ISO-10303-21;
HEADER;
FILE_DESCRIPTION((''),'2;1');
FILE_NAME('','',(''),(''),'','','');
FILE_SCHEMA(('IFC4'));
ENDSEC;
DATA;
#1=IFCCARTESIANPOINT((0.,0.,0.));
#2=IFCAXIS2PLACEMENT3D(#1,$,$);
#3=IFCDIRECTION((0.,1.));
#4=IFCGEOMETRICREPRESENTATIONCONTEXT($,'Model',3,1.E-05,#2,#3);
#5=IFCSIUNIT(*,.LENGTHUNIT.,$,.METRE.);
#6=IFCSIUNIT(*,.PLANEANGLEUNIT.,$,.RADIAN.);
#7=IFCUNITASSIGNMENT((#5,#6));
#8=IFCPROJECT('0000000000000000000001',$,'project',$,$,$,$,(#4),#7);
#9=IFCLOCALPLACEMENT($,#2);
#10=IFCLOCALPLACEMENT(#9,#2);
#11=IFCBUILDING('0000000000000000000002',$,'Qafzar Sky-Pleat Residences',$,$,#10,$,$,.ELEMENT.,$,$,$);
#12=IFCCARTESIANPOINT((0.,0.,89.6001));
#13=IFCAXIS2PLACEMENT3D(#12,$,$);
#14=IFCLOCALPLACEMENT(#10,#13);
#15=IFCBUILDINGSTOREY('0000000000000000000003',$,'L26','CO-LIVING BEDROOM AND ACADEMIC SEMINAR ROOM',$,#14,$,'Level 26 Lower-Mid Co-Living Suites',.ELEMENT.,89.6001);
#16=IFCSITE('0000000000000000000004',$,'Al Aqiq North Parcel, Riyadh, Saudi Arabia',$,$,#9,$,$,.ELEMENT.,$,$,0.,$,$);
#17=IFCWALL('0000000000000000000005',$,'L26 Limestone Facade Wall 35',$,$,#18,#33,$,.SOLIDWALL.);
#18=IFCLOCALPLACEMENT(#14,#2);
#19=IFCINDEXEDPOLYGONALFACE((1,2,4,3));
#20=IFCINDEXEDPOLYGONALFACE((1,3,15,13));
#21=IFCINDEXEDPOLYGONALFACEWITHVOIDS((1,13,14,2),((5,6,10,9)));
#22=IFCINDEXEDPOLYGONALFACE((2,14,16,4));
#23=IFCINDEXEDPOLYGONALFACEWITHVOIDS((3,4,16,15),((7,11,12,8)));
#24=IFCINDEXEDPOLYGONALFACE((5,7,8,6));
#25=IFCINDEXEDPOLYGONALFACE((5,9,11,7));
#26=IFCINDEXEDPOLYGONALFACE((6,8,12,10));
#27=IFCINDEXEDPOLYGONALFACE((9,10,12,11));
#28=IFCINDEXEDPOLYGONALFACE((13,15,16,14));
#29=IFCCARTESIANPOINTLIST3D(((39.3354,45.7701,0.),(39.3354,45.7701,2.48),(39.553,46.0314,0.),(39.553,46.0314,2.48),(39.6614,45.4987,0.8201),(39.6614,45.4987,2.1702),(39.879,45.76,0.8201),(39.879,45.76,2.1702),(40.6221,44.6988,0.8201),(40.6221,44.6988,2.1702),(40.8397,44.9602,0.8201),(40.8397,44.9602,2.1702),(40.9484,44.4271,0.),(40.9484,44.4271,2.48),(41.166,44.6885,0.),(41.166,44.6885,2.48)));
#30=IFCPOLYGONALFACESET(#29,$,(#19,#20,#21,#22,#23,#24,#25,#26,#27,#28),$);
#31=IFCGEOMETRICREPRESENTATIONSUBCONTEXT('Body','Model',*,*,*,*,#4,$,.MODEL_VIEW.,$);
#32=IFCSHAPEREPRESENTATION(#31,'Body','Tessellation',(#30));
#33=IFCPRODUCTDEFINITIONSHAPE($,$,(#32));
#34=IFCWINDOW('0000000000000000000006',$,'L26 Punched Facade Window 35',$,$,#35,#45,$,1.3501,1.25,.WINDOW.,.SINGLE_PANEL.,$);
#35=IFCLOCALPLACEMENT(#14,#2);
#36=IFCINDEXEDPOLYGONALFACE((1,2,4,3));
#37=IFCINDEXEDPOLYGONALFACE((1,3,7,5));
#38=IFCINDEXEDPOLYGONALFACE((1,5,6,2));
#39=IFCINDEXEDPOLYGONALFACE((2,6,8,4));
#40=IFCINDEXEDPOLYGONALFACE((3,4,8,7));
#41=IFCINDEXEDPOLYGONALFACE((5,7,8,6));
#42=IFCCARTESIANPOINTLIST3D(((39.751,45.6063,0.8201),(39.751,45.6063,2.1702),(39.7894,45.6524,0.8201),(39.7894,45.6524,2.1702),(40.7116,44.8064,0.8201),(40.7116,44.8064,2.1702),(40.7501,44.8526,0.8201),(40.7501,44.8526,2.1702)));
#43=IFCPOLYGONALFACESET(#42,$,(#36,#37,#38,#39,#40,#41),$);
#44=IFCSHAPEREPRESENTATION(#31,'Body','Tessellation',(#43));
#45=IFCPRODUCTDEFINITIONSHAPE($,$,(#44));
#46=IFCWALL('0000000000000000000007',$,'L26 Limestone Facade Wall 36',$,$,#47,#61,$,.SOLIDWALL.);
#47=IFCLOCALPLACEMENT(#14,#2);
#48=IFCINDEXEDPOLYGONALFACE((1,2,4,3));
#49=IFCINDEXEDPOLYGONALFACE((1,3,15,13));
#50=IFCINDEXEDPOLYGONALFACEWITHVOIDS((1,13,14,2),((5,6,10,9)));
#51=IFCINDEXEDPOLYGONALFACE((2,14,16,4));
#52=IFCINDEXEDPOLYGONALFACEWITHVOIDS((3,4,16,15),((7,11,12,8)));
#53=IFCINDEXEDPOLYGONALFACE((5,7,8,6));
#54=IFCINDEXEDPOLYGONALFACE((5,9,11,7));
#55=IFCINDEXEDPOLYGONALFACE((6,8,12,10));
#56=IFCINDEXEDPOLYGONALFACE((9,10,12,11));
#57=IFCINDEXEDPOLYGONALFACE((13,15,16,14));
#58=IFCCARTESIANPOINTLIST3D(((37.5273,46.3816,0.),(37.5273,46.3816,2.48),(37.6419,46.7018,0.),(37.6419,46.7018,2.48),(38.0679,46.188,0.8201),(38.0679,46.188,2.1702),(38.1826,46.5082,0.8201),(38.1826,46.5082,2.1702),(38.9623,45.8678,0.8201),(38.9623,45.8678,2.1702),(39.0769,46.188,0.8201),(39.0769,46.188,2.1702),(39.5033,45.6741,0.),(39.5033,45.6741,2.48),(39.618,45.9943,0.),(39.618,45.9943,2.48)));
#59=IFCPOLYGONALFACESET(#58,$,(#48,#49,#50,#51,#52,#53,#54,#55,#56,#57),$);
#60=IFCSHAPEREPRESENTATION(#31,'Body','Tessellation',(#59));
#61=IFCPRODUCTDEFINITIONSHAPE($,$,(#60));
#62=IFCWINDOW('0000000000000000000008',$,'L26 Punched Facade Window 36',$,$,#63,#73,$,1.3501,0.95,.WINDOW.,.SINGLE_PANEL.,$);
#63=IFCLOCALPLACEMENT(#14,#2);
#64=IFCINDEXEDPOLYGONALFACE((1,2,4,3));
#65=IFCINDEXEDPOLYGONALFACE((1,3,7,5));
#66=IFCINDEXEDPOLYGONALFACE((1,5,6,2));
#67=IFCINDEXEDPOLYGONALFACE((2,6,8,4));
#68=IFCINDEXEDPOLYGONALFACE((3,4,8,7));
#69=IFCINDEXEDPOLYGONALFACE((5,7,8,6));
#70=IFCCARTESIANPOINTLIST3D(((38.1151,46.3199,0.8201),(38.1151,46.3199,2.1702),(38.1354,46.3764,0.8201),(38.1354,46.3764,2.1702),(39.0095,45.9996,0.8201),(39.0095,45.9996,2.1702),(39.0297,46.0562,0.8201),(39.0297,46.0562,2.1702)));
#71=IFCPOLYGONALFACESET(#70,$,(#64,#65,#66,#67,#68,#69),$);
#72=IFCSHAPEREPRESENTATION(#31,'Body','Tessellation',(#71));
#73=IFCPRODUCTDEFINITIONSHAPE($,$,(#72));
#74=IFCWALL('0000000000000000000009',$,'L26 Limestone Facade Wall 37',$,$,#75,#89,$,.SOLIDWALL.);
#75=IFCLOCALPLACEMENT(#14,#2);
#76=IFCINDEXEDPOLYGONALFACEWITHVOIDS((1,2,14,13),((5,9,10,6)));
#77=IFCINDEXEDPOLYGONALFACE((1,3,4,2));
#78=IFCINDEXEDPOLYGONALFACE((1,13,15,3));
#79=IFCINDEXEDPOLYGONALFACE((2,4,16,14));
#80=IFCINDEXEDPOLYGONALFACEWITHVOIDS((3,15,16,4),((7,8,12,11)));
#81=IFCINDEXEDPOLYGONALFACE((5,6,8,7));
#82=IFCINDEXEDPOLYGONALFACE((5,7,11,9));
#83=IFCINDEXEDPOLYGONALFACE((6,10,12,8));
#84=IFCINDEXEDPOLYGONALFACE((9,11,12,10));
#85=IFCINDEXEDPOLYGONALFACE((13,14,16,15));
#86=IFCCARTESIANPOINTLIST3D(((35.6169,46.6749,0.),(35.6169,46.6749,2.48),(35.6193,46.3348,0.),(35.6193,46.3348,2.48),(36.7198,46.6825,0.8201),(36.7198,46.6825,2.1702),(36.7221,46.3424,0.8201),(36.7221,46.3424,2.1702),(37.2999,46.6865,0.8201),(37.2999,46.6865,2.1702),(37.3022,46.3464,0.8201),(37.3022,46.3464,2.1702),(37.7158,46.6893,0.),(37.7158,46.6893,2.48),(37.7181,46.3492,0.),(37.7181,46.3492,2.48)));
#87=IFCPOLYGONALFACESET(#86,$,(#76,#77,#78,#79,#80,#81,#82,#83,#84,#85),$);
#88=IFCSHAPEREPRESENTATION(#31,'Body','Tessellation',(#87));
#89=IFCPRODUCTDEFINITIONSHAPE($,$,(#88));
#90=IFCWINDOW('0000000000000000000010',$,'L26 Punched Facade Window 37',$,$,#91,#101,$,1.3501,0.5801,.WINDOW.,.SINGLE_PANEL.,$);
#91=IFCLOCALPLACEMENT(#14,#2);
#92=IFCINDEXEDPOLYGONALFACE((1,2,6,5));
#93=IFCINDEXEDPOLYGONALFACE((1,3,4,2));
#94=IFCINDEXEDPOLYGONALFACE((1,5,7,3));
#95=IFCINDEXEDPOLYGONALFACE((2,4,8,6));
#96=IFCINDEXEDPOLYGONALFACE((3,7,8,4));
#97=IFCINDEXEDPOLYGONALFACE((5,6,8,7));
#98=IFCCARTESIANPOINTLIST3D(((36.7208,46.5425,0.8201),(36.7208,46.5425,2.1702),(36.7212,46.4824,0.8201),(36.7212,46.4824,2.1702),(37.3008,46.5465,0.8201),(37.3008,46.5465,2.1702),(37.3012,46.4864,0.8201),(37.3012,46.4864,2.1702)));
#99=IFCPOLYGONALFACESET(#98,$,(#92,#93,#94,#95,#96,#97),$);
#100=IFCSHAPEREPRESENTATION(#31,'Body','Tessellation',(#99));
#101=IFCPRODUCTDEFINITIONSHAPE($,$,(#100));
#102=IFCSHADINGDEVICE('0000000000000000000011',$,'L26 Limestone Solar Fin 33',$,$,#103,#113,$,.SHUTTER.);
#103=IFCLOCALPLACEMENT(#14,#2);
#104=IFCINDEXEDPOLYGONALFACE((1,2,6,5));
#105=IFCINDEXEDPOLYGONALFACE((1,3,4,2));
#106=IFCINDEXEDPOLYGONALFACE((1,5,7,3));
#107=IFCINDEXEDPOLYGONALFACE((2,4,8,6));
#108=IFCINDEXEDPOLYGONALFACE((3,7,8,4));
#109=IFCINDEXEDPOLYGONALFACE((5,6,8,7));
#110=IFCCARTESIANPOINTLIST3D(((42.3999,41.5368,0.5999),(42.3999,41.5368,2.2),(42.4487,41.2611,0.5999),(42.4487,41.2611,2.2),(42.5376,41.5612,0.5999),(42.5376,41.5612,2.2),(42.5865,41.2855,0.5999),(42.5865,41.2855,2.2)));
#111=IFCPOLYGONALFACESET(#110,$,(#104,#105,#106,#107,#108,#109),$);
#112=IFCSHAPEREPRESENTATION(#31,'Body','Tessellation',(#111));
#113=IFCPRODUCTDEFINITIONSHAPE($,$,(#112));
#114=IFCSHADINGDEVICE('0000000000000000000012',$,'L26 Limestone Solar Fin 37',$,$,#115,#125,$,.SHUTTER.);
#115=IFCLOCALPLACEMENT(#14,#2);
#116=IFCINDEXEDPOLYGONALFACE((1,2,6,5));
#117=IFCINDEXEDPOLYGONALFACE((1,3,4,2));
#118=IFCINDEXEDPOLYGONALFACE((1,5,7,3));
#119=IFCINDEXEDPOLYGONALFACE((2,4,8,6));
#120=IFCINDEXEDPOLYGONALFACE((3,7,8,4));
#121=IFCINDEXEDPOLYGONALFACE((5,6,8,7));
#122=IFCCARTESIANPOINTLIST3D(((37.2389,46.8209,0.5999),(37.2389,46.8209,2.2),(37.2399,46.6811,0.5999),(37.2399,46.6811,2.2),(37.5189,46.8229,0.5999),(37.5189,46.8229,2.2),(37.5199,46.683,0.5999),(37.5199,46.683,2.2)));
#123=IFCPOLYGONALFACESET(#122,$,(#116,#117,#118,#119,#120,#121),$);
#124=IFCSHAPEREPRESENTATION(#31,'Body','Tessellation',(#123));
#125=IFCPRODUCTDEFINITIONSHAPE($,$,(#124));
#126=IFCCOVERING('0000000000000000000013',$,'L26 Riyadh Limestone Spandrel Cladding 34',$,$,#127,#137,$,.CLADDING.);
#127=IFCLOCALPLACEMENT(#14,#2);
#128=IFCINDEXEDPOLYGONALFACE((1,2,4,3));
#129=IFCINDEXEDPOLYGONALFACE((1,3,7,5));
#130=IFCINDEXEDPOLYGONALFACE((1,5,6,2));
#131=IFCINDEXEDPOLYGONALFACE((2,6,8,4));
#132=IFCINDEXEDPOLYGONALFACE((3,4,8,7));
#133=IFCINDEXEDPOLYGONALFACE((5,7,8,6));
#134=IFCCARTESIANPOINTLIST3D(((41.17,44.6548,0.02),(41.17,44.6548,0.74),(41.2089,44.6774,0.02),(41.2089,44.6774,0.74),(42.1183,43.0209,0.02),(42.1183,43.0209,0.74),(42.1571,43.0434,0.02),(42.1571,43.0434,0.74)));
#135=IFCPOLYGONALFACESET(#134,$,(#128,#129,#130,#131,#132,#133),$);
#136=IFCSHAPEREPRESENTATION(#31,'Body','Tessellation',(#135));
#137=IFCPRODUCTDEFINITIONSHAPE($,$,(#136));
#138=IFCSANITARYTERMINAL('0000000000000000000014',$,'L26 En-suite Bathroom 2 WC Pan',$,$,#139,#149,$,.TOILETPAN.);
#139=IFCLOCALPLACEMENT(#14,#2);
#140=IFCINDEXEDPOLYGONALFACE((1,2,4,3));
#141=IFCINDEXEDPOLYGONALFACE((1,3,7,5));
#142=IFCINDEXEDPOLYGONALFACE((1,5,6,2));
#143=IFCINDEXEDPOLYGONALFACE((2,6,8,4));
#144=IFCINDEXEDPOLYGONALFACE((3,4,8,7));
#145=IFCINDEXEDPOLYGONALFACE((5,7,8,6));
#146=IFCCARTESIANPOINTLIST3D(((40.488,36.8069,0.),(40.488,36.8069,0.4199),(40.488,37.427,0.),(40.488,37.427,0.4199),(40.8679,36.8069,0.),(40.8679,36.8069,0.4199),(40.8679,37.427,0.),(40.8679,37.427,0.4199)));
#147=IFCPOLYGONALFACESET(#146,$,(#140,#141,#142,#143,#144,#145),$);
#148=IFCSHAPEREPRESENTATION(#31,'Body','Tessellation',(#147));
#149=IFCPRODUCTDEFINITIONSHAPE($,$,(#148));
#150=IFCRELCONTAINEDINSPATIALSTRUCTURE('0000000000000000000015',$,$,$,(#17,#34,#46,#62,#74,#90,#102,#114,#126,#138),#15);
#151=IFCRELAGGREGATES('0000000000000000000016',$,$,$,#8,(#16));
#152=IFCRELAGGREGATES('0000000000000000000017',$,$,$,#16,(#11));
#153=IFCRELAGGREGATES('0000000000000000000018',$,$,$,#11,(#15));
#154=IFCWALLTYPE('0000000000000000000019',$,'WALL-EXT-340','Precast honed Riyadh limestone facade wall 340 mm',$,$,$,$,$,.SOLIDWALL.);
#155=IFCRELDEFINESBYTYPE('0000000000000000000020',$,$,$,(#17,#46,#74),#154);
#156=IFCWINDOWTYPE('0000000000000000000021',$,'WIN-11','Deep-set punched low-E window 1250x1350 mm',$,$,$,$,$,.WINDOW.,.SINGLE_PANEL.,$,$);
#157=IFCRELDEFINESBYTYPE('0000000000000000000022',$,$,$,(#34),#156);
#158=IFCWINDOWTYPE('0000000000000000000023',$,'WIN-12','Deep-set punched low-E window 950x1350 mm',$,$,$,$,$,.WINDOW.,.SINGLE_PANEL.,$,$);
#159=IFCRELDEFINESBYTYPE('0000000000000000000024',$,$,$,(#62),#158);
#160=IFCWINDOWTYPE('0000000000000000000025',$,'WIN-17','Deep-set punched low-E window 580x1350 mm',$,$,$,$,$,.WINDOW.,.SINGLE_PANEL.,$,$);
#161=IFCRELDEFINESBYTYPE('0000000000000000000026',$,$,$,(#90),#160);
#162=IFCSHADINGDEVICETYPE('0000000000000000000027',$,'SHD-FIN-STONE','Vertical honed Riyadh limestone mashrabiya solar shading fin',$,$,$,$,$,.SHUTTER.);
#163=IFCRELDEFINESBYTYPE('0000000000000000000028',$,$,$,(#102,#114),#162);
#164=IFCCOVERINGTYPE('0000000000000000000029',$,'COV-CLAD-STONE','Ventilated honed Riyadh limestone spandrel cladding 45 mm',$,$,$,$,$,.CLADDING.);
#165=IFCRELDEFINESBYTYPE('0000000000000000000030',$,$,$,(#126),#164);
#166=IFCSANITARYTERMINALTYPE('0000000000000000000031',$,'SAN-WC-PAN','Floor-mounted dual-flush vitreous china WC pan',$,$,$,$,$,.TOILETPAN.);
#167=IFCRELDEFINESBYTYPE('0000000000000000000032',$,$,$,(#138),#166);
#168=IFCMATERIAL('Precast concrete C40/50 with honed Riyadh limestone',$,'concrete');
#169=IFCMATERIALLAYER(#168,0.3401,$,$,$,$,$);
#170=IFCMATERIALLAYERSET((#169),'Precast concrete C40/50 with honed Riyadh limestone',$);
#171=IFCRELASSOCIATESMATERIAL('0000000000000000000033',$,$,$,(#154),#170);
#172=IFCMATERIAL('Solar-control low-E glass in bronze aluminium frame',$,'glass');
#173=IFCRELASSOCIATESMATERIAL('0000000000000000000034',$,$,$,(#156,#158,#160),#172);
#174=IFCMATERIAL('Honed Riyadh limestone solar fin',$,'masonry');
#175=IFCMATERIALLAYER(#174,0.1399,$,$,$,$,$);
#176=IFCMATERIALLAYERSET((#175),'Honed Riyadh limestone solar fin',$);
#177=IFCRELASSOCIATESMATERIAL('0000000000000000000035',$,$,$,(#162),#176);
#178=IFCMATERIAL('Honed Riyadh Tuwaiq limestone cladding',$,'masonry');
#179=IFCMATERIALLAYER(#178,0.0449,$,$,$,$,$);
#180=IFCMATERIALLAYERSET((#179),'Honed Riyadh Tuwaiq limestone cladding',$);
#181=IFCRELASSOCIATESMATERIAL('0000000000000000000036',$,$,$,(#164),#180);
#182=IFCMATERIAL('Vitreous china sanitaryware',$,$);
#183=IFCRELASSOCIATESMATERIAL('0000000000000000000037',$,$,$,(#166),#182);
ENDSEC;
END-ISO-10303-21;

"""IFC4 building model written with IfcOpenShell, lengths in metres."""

from ifc_helpers import new_model, si_unit, direction, frame, frame_2d, origin, origin_2d, place, context, subcontext, project, spatial, rectangle, extrude, source, transform, mapped, material, layer, layer_set, type_object, element, fill, save


model = new_model("IFC4")

# Units and contexts
model_context = context("Model", 3, precision=1e-05, world=origin(), true_north=direction((0.0, 1.0)))
body_context = subcontext(model_context, "Body", "Model", "MODEL_VIEW")
ifc_project = project(units=[si_unit("LENGTHUNIT", "METRE"), si_unit("PLANEANGLEUNIT", "RADIAN")], contexts=[model_context])

# Site, building, storey
site_placement = place(None, origin())
site = spatial("IfcSite", under=ifc_project, at=site_placement, Name="Al Aqiq North Parcel, Riyadh, Saudi Arabia", CompositionType="ELEMENT", RefElevation=0.0)
building_placement = place(site_placement, origin())
building = spatial("IfcBuilding", under=site, at=building_placement, Name="Qafzar Sky-Pleat Residences", CompositionType="ELEMENT")
storey_placement = place(building_placement, frame((0.0, 0.0, 89.6001)))
storey = spatial("IfcBuildingStorey", under=building, at=storey_placement, Name="L26", Description="CO-LIVING BEDROOM AND ACADEMIC SEMINAR ROOM", LongName="Level 26 Lower-Mid Co-Living Suites", CompositionType="ELEMENT", Elevation=89.6001)

# Walls, openings, windows
ifc_material_1 = material(Name="Precast concrete C40/50 with honed Riyadh limestone", Category="concrete")
ifc_layer_1 = layer(ifc_material_1, 0.3401)
ifc_layer_set_1 = layer_set([ifc_layer_1], Name="Precast concrete C40/50 with honed Riyadh limestone")
wall_type_1 = type_object("IfcWallType", Name="WALL-EXT-340", Description="Precast honed Riyadh limestone facade wall 340 mm", PredefinedType="SOLIDWALL", material=ifc_layer_set_1)
ifc_material_2 = material(Name="Solar-control low-E glass in bronze aluminium frame", Category="glass")
wall_1_placement = place(storey_placement, frame((41.0571, 44.5579, 0.0), z_axis=(0.0, 0.0, 1.0), x_axis=(-0.768498, 0.639853, 0.0)))
wall_1 = element("IfcWall", 1, at=wall_1_placement, inside=storey, type_object=wall_type_1, Name="L26 Limestone Facade Wall 35", PredefinedType="SOLIDWALL", context=body_context, shape_type="SweptSolid", body=[
    extrude(rectangle(XDim=2.0989, YDim=0.3401, at=frame_2d((1.0493, 0.0))), origin(), (0.0, 0.0, 1.0), 2.48),
])
opening_1_placement = place(wall_1_placement, frame((0.4246, 0.0, 0.8201)))
opening_1 = element("IfcOpeningElement", 2, at=opening_1_placement, cuts=wall_1, PredefinedType="OPENING", context=body_context, shape_type="SweptSolid", body=[
    extrude(rectangle(XDim=1.25, YDim=1.3501, at=frame_2d((0.625, 0.675))), frame((0.0, 0.1802, 0.0), z_axis=(0.0, -1.0, 0.0), x_axis=(1.0, 0.0, 0.0)), (0.0, 0.0, 1.0), 0.3601),
])
window_type_1 = type_object("IfcWindowType", Name="WIN-11", Description="Deep-set punched low-E window 1250x1350 mm", PartitioningType="SINGLE_PANEL", PredefinedType="WINDOW", material=ifc_material_2)
shared_shape_1 = source(origin(), body_context, "Body", "SweptSolid", [
    extrude(rectangle(XDim=1.25, YDim=1.3501, at=frame_2d((0.625, 0.675))), frame((0.0, 0.03, 0.0), z_axis=(0.0, -1.0, 0.0), x_axis=(1.0, 0.0, 0.0)), (0.0, 0.0, 1.0), 0.0601),
])
window_1_placement = place(opening_1_placement, origin())
window_1 = element("IfcWindow", 3, at=window_1_placement, inside=storey, type_object=window_type_1, Name="L26 Punched Facade Window 35", OverallHeight=1.3501, OverallWidth=1.25, PartitioningType="SINGLE_PANEL", PredefinedType="WINDOW", context=body_context, shape_type="MappedRepresentation", body=[
    mapped(shared_shape_1, transform((0.0, 0.0, 0.0), x_axis=(1.0, 0.0, 0.0), y_axis=(0.0, 1.0, 0.0), z_axis=(0.0, 0.0, 1.0), scale=1.0)),
])
fill(opening_1, window_1)
wall_2_placement = place(storey_placement, frame((39.5605, 45.8342, 0.0), z_axis=(0.0, 0.0, 1.0), x_axis=(-0.941473, 0.337088, 0.0)))
wall_2 = element("IfcWall", 4, at=wall_2_placement, inside=storey, type_object=wall_type_1, Name="L26 Limestone Facade Wall 36", PredefinedType="SOLIDWALL", context=body_context, shape_type="SweptSolid", body=[
    extrude(rectangle(XDim=2.0989, YDim=0.3401, at=frame_2d((1.0493, 0.0))), origin(), (0.0, 0.0, 1.0), 2.48),
])
opening_2_placement = place(wall_2_placement, frame((0.5745, 0.0, 0.8201)))
opening_2 = element("IfcOpeningElement", 5, at=opening_2_placement, cuts=wall_2, PredefinedType="OPENING", context=body_context, shape_type="SweptSolid", body=[
    extrude(rectangle(XDim=0.95, YDim=1.3501, at=frame_2d((0.4751, 0.675))), frame((0.0, 0.1802, 0.0), z_axis=(0.0, -1.0, 0.0), x_axis=(1.0, 0.0, 0.0)), (0.0, 0.0, 1.0), 0.3601),
])
window_type_2 = type_object("IfcWindowType", Name="WIN-12", Description="Deep-set punched low-E window 950x1350 mm", PartitioningType="SINGLE_PANEL", PredefinedType="WINDOW", material=ifc_material_2)
shared_shape_2 = source(origin(), body_context, "Body", "SweptSolid", [
    extrude(rectangle(XDim=0.95, YDim=1.3501, at=frame_2d((0.4751, 0.675))), frame((0.0, 0.03, 0.0), z_axis=(0.0, -1.0, 0.0), x_axis=(1.0, 0.0, 0.0)), (0.0, 0.0, 1.0), 0.0601),
])
window_2_placement = place(opening_2_placement, origin())
window_2 = element("IfcWindow", 6, at=window_2_placement, inside=storey, type_object=window_type_2, Name="L26 Punched Facade Window 36", OverallHeight=1.3501, OverallWidth=0.95, PartitioningType="SINGLE_PANEL", PredefinedType="WINDOW", context=body_context, shape_type="MappedRepresentation", body=[
    mapped(shared_shape_2, transform((0.0, 0.0, 0.0), x_axis=(1.0, 0.0, 0.0), y_axis=(0.0, 1.0, 0.0), z_axis=(0.0, 0.0, 1.0), scale=1.0)),
])
fill(opening_2, window_2)
wall_3_placement = place(storey_placement, frame((37.7168, 46.5193, 0.0), z_axis=(0.0, 0.0, 1.0), x_axis=(-0.999976, -0.006863, 0.0)))
wall_3 = element("IfcWall", 7, at=wall_3_placement, inside=storey, type_object=wall_type_1, Name="L26 Limestone Facade Wall 37", PredefinedType="SOLIDWALL", context=body_context, shape_type="SweptSolid", body=[
    extrude(rectangle(XDim=2.0989, YDim=0.3401, at=frame_2d((1.0493, 0.0))), origin(), (0.0, 0.0, 1.0), 2.48),
])
opening_3_placement = place(wall_3_placement, frame((0.4158, 0.0, 0.8201)))
opening_3 = element("IfcOpeningElement", 8, at=opening_3_placement, cuts=wall_3, PredefinedType="OPENING", context=body_context, shape_type="SweptSolid", body=[
    extrude(rectangle(XDim=0.5801, YDim=1.3501, at=frame_2d((0.29, 0.675))), frame((0.0, 0.1802, 0.0), z_axis=(0.0, -1.0, 0.0), x_axis=(1.0, 0.0, 0.0)), (0.0, 0.0, 1.0), 0.3601),
])
window_type_3 = type_object("IfcWindowType", Name="WIN-17", Description="Deep-set punched low-E window 580x1350 mm", PartitioningType="SINGLE_PANEL", PredefinedType="WINDOW", material=ifc_material_2)
shared_shape_3 = source(origin(), body_context, "Body", "SweptSolid", [
    extrude(rectangle(XDim=0.5801, YDim=1.3501, at=frame_2d((0.29, 0.675))), frame((0.0, 0.03, 0.0), z_axis=(0.0, -1.0, 0.0), x_axis=(1.0, 0.0, 0.0)), (0.0, 0.0, 1.0), 0.0601),
])
window_3_placement = place(opening_3_placement, origin())
window_3 = element("IfcWindow", 9, at=window_3_placement, inside=storey, type_object=window_type_3, Name="L26 Punched Facade Window 37", OverallHeight=1.3501, OverallWidth=0.5801, PartitioningType="SINGLE_PANEL", PredefinedType="WINDOW", context=body_context, shape_type="MappedRepresentation", body=[
    mapped(shared_shape_3, transform((0.0, 0.0, 0.0), x_axis=(1.0, 0.0, 0.0), y_axis=(0.0, 1.0, 0.0), z_axis=(0.0, 0.0, 1.0), scale=1.0)),
])
fill(opening_3, window_3)

# Shading devices
ifc_material_3 = material(Name="Honed Riyadh limestone solar fin", Category="masonry")
ifc_layer_2 = layer(ifc_material_3, 0.1399)
ifc_layer_set_2 = layer_set([ifc_layer_2], Name="Honed Riyadh limestone solar fin")
shading_device_type = type_object("IfcShadingDeviceType", Name="SHD-FIN-STONE", Description="Vertical honed Riyadh limestone mashrabiya solar shading fin", PredefinedType="SHUTTER", material=ifc_layer_set_2)
shared_shape_4 = source(origin(), body_context, "Body", "SweptSolid", [
    extrude(rectangle(XDim=0.1399, YDim=0.28, at=origin_2d()), origin(), (0.0, 0.0, 1.0), 1.6001),
])
for number, where, z_axis, x_axis, name in (
    (10, (42.4932, 41.4111, 0.5999), (0.0, 0.0, 1.0), (0.984676, 0.174394, 0.0), "L26 Limestone Solar Fin 33"),
    (11, (37.3794, 46.752, 0.5999), (0.0, 0.0, 1.0), (-0.006822, 0.999977, 0.0), "L26 Limestone Solar Fin 37"),
):
    element("IfcShadingDevice", number, at=place(storey_placement, frame(where, z_axis=z_axis, x_axis=x_axis)), inside=storey, type_object=shading_device_type, Name=name, PredefinedType="SHUTTER", context=body_context, shape_type="MappedRepresentation", body=[
        mapped(shared_shape_4, transform((0.0, 0.0, 0.0), x_axis=(1.0, 0.0, 0.0), y_axis=(0.0, 1.0, 0.0), z_axis=(0.0, 0.0, 1.0), scale=1.0)),
    ])

# Covering
ifc_material_4 = material(Name="Honed Riyadh Tuwaiq limestone cladding", Category="masonry")
ifc_layer_3 = layer(ifc_material_4, 0.0449)
ifc_layer_set_3 = layer_set([ifc_layer_3], Name="Honed Riyadh Tuwaiq limestone cladding")
covering_type = type_object("IfcCoveringType", Name="COV-CLAD-STONE", Description="Ventilated honed Riyadh limestone spandrel cladding 45 mm", PredefinedType="CLADDING", material=ifc_layer_set_3)
shared_shape_5 = source(origin(), body_context, "Body", "SweptSolid", [
    extrude(rectangle(XDim=1.8892, YDim=0.0449, at=origin_2d()), origin(), (0.0, 0.0, 1.0), 0.72),
])
covering_placement = place(storey_placement, frame((41.6636, 43.8491, 0.02), z_axis=(0.0, 0.0, 1.0), x_axis=(-0.501956, 0.864893, 0.0)))
element("IfcCovering", 12, at=covering_placement, inside=storey, type_object=covering_type, Name="L26 Riyadh Limestone Spandrel Cladding 34", PredefinedType="CLADDING", context=body_context, shape_type="MappedRepresentation", body=[
    mapped(shared_shape_5, transform((0.0, 0.0, 0.0), x_axis=(1.0, 0.0, 0.0), y_axis=(0.0, 1.0, 0.0), z_axis=(0.0, 0.0, 1.0), scale=1.0)),
])

# Sanitary terminal
ifc_material_5 = material(Name="Vitreous china sanitaryware")
sanitary_terminal_type_1 = type_object("IfcSanitaryTerminalType", Name="SAN-WC-PAN", Description="Floor-mounted dual-flush vitreous china WC pan", PredefinedType="TOILETPAN", material=ifc_material_5)
shared_shape_6 = source(origin(), body_context, "Body", "SweptSolid", [
    extrude(rectangle(XDim=0.3799, YDim=0.6201, at=origin_2d()), origin(), (0.0, 0.0, 1.0), 0.4199),
])
sanitary_terminal_1_placement = place(storey_placement, frame((40.678, 37.1169, 0.0), z_axis=(0.0, 0.0, 1.0), x_axis=(1.0, 0.0, 0.0)))
element("IfcSanitaryTerminal", 13, at=sanitary_terminal_1_placement, inside=storey, type_object=sanitary_terminal_type_1, Name="L26 En-suite Bathroom 2 WC Pan", PredefinedType="TOILETPAN", context=body_context, shape_type="MappedRepresentation", body=[
    mapped(shared_shape_6, transform((0.0, 0.0, 0.0), x_axis=(1.0, 0.0, 0.0), y_axis=(0.0, 1.0, 0.0), z_axis=(0.0, 0.0, 1.0), scale=1.0)),
])

save(model, "model.ifc")
